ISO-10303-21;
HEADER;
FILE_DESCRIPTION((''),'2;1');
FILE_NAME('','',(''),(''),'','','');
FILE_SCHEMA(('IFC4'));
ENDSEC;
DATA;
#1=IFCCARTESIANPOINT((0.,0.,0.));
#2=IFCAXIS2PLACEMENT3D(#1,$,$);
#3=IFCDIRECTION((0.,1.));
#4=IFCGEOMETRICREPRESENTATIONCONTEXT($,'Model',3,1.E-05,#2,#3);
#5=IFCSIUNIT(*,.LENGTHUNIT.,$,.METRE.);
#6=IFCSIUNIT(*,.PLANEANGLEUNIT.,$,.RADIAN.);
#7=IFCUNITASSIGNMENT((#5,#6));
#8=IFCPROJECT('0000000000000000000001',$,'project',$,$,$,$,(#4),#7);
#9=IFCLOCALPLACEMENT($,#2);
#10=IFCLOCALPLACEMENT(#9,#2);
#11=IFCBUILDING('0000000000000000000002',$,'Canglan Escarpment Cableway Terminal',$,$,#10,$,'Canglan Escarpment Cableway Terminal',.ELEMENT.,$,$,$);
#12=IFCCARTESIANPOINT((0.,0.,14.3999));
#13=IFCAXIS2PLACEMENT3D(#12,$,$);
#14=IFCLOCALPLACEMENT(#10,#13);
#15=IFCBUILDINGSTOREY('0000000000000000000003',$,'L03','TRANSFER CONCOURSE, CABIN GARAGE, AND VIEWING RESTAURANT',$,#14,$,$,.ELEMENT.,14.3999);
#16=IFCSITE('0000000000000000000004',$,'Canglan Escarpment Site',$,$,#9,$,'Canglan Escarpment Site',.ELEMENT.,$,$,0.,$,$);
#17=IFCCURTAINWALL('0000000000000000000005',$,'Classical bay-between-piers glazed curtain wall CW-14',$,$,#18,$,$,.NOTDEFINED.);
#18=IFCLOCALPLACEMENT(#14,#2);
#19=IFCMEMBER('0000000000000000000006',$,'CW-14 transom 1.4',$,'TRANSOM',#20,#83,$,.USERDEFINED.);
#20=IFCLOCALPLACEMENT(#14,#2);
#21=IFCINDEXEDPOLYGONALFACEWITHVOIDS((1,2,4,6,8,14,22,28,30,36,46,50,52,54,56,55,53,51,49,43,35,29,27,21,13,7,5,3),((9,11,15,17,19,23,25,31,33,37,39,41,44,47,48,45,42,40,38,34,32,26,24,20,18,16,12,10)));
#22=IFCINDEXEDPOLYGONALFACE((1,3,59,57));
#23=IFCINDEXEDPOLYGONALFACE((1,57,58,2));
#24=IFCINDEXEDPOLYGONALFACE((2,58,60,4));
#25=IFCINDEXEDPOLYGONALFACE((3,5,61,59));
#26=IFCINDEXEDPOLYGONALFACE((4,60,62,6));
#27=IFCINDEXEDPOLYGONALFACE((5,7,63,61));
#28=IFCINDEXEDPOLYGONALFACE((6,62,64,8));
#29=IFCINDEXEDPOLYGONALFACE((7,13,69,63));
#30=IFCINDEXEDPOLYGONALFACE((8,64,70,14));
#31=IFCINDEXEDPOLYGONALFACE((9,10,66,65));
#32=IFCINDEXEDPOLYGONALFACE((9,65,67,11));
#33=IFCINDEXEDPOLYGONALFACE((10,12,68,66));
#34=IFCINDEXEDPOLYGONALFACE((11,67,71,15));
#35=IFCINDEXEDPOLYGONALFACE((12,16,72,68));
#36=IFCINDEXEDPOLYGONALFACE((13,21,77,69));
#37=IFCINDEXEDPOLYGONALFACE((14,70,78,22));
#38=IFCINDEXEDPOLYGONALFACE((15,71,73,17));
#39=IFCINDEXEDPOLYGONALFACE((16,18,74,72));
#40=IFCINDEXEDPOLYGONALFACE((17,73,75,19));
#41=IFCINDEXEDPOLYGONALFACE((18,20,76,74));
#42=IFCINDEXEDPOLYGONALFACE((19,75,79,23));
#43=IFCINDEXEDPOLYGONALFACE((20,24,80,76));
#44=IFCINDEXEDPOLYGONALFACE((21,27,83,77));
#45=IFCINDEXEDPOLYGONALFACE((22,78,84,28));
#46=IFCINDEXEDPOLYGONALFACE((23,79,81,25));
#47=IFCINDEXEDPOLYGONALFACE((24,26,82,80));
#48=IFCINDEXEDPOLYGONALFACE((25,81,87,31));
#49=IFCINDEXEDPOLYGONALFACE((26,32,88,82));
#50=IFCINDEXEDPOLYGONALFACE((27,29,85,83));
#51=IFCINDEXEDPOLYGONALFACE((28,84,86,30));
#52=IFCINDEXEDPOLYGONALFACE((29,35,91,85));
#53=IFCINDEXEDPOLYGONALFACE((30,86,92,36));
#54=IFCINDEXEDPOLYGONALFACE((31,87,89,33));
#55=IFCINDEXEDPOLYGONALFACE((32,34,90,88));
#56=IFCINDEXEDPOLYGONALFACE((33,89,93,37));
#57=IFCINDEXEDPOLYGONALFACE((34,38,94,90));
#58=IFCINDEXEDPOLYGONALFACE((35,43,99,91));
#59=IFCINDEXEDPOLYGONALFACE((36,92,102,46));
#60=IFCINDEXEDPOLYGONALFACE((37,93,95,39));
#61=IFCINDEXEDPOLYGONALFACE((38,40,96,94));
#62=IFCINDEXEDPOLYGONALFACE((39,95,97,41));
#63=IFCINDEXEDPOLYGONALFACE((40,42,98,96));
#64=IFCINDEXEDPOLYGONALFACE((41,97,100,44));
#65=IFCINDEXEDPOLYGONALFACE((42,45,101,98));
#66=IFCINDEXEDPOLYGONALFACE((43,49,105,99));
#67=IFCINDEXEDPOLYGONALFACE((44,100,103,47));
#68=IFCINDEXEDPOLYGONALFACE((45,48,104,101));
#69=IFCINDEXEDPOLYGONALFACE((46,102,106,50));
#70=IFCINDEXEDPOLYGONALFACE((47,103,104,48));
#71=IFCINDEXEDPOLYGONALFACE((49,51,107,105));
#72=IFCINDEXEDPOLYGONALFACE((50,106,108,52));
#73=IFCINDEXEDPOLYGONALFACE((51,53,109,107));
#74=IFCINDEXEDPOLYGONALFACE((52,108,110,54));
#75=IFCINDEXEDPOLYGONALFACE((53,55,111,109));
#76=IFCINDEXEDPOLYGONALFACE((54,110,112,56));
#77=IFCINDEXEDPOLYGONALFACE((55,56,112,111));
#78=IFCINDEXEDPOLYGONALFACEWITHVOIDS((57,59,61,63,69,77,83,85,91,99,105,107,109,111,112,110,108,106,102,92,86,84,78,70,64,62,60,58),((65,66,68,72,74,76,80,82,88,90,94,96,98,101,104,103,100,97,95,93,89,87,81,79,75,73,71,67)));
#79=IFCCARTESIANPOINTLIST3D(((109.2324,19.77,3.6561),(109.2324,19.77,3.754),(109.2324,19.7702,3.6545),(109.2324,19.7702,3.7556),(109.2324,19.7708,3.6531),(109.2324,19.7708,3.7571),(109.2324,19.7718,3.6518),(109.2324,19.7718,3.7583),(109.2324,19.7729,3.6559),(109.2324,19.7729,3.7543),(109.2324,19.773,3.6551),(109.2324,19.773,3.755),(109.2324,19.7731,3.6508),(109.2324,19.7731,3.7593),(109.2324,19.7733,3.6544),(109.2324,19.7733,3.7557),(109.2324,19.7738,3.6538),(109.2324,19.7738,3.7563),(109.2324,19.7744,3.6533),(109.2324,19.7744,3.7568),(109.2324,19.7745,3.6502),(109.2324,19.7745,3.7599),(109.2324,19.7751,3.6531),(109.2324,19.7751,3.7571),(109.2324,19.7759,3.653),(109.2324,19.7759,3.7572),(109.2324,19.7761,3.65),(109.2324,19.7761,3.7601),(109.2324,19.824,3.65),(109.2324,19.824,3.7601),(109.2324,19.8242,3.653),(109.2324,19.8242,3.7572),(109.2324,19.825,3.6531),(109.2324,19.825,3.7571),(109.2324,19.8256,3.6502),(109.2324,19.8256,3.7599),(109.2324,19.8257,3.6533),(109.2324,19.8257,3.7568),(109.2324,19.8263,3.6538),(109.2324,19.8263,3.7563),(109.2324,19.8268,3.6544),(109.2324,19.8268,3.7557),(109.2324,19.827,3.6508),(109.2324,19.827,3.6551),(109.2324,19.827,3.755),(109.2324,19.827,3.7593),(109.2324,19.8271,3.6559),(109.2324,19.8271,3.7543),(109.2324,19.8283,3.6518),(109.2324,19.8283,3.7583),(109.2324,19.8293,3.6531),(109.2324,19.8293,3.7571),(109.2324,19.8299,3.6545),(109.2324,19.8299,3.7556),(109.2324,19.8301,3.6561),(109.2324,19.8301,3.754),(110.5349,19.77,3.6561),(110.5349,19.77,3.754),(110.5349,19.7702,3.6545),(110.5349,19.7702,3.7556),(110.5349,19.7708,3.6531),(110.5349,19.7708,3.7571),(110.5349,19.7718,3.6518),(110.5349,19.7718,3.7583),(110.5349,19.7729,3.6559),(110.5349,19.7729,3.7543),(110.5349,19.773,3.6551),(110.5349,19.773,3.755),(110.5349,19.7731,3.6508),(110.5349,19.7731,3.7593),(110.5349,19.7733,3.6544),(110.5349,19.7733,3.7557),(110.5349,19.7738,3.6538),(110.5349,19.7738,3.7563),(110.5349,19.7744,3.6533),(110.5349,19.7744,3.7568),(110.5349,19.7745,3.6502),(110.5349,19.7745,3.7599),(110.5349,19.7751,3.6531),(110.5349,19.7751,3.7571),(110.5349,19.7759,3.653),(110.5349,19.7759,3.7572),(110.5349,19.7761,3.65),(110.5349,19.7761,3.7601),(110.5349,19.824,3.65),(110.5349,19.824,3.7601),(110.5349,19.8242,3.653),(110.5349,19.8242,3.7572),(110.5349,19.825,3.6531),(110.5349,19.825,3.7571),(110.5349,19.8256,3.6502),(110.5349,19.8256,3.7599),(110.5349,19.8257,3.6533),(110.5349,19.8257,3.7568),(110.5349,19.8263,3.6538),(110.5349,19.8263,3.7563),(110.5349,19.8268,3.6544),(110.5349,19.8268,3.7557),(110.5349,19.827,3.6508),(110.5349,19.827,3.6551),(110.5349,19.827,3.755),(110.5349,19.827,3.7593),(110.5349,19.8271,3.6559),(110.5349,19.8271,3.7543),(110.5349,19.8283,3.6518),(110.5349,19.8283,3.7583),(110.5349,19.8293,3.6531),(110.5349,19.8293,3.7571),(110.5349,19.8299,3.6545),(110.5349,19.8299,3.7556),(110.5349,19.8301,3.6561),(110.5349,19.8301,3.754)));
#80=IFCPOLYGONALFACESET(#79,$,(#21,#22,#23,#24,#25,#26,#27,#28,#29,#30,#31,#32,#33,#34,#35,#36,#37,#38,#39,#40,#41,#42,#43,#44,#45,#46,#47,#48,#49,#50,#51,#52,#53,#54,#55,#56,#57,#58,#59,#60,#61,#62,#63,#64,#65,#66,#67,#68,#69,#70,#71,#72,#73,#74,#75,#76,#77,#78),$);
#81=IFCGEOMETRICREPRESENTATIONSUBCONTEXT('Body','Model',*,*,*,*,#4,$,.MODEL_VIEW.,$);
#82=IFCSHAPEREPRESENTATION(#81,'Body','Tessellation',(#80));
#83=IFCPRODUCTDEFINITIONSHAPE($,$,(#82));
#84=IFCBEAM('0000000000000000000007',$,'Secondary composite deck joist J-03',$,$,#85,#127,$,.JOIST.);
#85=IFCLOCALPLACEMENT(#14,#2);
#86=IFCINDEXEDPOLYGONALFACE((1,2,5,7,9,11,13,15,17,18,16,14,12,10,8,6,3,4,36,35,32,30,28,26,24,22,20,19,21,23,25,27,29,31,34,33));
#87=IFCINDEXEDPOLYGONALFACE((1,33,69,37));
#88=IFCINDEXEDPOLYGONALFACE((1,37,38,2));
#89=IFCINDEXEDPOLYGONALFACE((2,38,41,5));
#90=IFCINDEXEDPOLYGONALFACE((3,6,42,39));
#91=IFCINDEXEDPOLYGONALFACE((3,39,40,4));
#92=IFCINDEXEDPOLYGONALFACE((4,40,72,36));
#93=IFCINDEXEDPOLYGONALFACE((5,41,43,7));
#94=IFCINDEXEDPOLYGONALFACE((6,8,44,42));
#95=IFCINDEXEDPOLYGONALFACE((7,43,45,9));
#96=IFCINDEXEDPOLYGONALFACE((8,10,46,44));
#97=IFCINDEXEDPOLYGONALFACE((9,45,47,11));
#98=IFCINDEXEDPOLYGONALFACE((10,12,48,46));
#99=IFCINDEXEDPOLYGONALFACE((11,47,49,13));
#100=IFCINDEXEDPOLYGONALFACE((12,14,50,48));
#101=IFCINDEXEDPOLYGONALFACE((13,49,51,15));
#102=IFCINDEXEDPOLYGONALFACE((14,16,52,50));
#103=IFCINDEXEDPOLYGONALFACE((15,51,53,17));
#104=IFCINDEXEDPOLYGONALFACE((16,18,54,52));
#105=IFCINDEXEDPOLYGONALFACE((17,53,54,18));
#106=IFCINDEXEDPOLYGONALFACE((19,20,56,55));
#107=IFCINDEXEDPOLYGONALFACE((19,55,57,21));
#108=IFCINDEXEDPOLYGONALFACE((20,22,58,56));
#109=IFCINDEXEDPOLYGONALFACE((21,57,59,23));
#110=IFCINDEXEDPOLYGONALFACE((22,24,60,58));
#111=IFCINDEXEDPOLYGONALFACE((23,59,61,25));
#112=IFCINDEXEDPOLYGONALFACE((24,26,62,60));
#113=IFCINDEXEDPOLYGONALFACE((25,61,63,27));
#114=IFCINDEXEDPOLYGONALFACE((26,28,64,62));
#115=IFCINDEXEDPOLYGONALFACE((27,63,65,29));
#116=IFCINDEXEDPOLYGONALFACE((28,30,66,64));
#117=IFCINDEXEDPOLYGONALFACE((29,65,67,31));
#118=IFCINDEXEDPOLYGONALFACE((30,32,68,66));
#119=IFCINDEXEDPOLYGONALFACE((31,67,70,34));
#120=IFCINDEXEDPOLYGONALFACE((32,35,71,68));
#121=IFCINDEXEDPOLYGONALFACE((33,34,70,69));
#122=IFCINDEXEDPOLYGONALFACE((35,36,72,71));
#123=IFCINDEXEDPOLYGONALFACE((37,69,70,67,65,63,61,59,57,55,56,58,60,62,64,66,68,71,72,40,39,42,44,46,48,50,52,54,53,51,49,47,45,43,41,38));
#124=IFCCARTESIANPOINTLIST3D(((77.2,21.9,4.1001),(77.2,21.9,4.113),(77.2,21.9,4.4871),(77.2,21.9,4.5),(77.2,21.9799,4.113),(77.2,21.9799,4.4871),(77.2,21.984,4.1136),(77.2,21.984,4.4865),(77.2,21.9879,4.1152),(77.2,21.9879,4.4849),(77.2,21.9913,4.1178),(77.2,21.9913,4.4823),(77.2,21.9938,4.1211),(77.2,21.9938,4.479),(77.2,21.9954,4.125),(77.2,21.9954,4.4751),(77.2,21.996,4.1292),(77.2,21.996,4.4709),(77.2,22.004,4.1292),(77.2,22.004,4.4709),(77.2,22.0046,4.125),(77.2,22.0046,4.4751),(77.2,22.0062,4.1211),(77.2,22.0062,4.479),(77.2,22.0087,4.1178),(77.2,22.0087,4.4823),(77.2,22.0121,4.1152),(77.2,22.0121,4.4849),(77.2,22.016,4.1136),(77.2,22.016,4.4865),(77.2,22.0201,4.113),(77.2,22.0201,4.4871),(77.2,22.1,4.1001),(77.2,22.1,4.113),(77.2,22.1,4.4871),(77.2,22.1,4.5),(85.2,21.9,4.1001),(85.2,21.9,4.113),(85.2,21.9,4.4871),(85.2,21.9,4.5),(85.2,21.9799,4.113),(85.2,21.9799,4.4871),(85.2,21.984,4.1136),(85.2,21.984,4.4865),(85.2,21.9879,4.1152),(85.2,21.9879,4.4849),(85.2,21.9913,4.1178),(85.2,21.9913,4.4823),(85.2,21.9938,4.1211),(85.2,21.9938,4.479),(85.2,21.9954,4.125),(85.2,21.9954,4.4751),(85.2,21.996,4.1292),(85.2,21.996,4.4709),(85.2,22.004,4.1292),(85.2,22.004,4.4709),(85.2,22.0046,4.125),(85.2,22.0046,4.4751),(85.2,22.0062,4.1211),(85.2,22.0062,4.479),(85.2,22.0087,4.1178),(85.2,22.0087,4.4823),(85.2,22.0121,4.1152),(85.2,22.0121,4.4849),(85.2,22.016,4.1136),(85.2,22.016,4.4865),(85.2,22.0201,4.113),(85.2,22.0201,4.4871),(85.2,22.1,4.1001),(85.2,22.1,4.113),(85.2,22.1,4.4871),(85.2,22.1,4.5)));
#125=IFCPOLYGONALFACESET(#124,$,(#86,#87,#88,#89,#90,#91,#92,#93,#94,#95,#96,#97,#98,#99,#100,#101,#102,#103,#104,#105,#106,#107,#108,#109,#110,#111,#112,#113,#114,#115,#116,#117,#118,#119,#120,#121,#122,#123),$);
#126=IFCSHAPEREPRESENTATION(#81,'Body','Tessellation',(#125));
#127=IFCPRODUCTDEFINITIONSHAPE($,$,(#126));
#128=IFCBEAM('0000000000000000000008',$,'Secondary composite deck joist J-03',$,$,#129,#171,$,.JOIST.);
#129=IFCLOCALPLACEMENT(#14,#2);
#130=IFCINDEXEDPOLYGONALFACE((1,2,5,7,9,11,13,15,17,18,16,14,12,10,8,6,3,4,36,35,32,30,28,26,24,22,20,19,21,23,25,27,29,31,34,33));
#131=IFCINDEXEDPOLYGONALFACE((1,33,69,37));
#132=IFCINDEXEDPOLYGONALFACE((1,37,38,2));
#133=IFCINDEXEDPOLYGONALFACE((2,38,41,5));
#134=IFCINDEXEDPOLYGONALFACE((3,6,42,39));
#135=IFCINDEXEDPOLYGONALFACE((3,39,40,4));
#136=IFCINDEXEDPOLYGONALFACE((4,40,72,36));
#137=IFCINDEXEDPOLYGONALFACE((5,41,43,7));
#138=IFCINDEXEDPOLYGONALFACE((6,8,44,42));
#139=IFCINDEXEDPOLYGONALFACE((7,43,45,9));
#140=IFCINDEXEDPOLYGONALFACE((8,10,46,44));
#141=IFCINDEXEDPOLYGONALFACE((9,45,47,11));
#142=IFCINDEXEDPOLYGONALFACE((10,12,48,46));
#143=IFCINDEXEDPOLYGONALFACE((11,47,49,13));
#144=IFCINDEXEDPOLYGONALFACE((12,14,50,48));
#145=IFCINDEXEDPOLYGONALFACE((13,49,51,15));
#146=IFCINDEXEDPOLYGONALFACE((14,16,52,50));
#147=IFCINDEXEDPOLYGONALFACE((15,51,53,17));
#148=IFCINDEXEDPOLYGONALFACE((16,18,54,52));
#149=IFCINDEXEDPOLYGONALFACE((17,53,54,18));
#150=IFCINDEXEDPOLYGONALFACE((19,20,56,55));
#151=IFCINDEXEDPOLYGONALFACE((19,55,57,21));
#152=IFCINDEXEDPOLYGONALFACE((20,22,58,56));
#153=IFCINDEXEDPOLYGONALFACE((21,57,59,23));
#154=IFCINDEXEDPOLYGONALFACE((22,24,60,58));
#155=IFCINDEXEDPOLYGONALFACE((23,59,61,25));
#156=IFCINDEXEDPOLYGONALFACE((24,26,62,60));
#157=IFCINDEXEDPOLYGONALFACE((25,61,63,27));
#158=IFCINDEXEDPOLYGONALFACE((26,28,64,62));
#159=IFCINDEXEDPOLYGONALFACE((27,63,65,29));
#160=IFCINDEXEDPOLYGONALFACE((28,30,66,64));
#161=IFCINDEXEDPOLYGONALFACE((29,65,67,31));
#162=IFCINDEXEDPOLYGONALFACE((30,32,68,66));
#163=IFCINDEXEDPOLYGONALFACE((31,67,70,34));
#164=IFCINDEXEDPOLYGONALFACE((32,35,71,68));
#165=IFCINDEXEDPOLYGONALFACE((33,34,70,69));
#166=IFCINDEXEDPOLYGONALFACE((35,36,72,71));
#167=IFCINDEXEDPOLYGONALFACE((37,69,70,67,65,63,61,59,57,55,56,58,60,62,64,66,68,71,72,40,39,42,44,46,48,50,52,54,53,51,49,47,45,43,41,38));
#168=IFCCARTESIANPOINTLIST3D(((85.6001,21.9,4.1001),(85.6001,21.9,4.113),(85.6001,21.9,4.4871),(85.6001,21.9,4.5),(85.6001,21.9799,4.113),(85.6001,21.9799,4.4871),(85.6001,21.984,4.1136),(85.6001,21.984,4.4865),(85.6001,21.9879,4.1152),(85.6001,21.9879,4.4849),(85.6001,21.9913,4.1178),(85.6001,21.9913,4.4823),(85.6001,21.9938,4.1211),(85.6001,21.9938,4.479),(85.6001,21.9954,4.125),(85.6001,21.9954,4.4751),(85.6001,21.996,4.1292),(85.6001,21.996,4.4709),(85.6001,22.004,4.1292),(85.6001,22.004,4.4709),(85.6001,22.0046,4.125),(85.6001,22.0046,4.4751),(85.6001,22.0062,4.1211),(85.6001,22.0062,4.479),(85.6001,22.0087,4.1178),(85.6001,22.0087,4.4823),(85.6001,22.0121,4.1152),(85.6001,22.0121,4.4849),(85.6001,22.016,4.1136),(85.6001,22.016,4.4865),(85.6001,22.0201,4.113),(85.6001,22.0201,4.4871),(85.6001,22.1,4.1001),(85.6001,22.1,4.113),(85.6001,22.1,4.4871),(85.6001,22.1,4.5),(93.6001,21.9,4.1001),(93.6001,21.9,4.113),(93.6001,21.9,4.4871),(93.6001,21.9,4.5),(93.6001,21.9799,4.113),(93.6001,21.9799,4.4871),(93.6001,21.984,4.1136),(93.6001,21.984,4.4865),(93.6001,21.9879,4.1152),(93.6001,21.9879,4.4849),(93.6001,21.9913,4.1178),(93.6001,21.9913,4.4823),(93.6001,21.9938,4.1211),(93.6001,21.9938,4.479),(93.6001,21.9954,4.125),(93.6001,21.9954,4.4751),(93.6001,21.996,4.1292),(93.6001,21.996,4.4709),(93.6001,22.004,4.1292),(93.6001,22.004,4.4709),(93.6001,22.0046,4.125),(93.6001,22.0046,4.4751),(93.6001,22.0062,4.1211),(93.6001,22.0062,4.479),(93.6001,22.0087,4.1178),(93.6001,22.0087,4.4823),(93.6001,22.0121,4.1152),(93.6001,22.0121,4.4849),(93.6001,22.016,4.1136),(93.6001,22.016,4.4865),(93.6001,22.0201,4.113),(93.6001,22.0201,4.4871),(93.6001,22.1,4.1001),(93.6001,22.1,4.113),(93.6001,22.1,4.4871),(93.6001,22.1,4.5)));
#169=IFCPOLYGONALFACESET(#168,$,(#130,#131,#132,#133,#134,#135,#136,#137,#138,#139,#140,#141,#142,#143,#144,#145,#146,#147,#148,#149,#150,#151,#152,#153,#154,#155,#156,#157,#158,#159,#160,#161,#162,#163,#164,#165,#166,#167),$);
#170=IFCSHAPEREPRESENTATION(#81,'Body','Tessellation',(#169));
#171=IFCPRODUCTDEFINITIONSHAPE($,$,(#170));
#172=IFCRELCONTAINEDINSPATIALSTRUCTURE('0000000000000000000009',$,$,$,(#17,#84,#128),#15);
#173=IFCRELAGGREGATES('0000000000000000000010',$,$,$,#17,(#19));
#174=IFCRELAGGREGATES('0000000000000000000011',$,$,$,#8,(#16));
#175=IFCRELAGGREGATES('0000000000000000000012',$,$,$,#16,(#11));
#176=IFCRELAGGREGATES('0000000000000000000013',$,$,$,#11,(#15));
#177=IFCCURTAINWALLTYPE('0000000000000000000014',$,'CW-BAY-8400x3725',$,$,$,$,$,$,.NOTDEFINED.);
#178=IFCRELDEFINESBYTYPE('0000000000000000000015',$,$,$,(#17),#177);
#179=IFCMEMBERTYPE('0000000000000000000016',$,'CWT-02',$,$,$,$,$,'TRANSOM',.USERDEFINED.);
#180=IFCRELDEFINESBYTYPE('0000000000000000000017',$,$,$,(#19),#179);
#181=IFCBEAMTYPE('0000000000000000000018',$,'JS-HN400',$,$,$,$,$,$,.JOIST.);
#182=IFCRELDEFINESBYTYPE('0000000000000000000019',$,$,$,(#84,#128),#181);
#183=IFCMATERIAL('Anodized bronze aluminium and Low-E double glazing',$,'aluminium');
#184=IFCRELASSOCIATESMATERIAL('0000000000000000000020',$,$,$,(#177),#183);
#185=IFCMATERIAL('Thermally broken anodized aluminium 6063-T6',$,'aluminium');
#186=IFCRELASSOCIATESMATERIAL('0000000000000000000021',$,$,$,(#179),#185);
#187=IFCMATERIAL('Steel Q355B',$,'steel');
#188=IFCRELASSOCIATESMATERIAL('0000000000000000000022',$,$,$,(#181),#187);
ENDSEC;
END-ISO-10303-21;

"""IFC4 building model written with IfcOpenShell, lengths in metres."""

from ifc_helpers import new_model, si_unit, direction, frame, origin, origin_2d, place, context, subcontext, project, spatial, hollow_rectangle, i_section, extrude, material, material_profile, profile_set, type_object, element, aggregate, save


model = new_model("IFC4")

# Units and contexts
model_context = context("Model", 3, precision=1e-05, world=origin(), true_north=direction((0.0, 1.0)))
body_context = subcontext(model_context, "Body", "Model", "MODEL_VIEW")
ifc_project = project(units=[si_unit("LENGTHUNIT", "METRE"), si_unit("PLANEANGLEUNIT", "RADIAN")], contexts=[model_context])

# Site, building, storey
site_placement = place(None, origin())
site = spatial("IfcSite", under=ifc_project, at=site_placement, Name="Canglan Escarpment Site", LongName="Canglan Escarpment Site", CompositionType="ELEMENT", RefElevation=0.0)
building_placement = place(site_placement, origin())
building = spatial("IfcBuilding", under=site, at=building_placement, Name="Canglan Escarpment Cableway Terminal", LongName="Canglan Escarpment Cableway Terminal", CompositionType="ELEMENT")
storey_placement = place(building_placement, frame((0.0, 0.0, 14.3999)))
storey = spatial("IfcBuildingStorey", under=building, at=storey_placement, Name="L03", Description="TRANSFER CONCOURSE, CABIN GARAGE, AND VIEWING RESTAURANT", CompositionType="ELEMENT", Elevation=14.3999)

# Curtain wall, member
ifc_material_1 = material(Name="Anodized bronze aluminium and Low-E double glazing", Category="aluminium")
curtain_wall_type = type_object("IfcCurtainWallType", Name="CW-BAY-8400x3725", PredefinedType="NOTDEFINED", material=ifc_material_1)
curtain_wall_placement = place(storey_placement, origin())
curtain_wall = element("IfcCurtainWall", 1, at=curtain_wall_placement, inside=storey, type_object=curtain_wall_type, Name="Classical bay-between-piers glazed curtain wall CW-14", PredefinedType="NOTDEFINED")
ifc_material_2 = material(Name="Thermally broken anodized aluminium 6063-T6", Category="aluminium")
ifc_material_profile_1 = material_profile(ifc_material_2, hollow_rectangle(XDim=0.0601, YDim=0.1101, WallThickness=0.0029, InnerFilletRadius=0.0029, OuterFilletRadius=0.0061, at=origin_2d()), Name="ALU-TRAN 60x110x3")
ifc_profile_set_1 = profile_set([ifc_material_profile_1], Name="Thermally broken anodized aluminium 6063-T6")
member_type_1 = type_object("IfcMemberType", Name="CWT-02", ElementType="TRANSOM", PredefinedType="USERDEFINED", material=ifc_profile_set_1)
member_1_placement = place(storey_placement, frame((110.5349, 19.8, 3.7051), z_axis=(-1.0, 0.0, 0.0), x_axis=(0.0, -1.0, 0.0)))
member_1 = element("IfcMember", 2, at=member_1_placement, type_object=member_type_1, Name="CW-14 transom 1.4", ObjectType="TRANSOM", PredefinedType="USERDEFINED", context=body_context, shape_type="SweptSolid", body=[
    extrude(hollow_rectangle(XDim=0.0601, YDim=0.1101, WallThickness=0.0029, InnerFilletRadius=0.0029, OuterFilletRadius=0.0061, at=origin_2d()), origin(), (0.0, 0.0, 1.0), 1.3025),
])
aggregate(curtain_wall, [member_1])

# Beams
ifc_material_3 = material(Name="Steel Q355B", Category="steel")
ifc_material_profile_2 = material_profile(ifc_material_3, i_section(OverallWidth=0.2, OverallDepth=0.3999, WebThickness=0.0081, FlangeThickness=0.0129, FilletRadius=0.0161, at=origin_2d()), Name="HN 400x200x8x13")
ifc_profile_set_2 = profile_set([ifc_material_profile_2], Name="Steel Q355B")
beam_type_1 = type_object("IfcBeamType", Name="JS-HN400", PredefinedType="JOIST", material=ifc_profile_set_2)
for number, where, z_axis, x_axis, name in (
    (3, (77.2, 22.0, 4.3), (1.0, 0.0, 0.0), (0.0, 1.0, 0.0), "Secondary composite deck joist J-03"),
    (4, (85.6001, 22.0, 4.3), (1.0, 0.0, 0.0), (0.0, 1.0, 0.0), "Secondary composite deck joist J-03"),
):
    element("IfcBeam", number, at=place(storey_placement, frame(where, z_axis=z_axis, x_axis=x_axis)), inside=storey, type_object=beam_type_1, Name=name, PredefinedType="JOIST", context=body_context, shape_type="SweptSolid", body=[
        extrude(i_section(OverallWidth=0.2, OverallDepth=0.3999, WebThickness=0.0081, FlangeThickness=0.0129, FilletRadius=0.0161, at=origin_2d()), origin(), (0.0, 0.0, 1.0), 8.0),
    ])

save(model, "model.ifc")
